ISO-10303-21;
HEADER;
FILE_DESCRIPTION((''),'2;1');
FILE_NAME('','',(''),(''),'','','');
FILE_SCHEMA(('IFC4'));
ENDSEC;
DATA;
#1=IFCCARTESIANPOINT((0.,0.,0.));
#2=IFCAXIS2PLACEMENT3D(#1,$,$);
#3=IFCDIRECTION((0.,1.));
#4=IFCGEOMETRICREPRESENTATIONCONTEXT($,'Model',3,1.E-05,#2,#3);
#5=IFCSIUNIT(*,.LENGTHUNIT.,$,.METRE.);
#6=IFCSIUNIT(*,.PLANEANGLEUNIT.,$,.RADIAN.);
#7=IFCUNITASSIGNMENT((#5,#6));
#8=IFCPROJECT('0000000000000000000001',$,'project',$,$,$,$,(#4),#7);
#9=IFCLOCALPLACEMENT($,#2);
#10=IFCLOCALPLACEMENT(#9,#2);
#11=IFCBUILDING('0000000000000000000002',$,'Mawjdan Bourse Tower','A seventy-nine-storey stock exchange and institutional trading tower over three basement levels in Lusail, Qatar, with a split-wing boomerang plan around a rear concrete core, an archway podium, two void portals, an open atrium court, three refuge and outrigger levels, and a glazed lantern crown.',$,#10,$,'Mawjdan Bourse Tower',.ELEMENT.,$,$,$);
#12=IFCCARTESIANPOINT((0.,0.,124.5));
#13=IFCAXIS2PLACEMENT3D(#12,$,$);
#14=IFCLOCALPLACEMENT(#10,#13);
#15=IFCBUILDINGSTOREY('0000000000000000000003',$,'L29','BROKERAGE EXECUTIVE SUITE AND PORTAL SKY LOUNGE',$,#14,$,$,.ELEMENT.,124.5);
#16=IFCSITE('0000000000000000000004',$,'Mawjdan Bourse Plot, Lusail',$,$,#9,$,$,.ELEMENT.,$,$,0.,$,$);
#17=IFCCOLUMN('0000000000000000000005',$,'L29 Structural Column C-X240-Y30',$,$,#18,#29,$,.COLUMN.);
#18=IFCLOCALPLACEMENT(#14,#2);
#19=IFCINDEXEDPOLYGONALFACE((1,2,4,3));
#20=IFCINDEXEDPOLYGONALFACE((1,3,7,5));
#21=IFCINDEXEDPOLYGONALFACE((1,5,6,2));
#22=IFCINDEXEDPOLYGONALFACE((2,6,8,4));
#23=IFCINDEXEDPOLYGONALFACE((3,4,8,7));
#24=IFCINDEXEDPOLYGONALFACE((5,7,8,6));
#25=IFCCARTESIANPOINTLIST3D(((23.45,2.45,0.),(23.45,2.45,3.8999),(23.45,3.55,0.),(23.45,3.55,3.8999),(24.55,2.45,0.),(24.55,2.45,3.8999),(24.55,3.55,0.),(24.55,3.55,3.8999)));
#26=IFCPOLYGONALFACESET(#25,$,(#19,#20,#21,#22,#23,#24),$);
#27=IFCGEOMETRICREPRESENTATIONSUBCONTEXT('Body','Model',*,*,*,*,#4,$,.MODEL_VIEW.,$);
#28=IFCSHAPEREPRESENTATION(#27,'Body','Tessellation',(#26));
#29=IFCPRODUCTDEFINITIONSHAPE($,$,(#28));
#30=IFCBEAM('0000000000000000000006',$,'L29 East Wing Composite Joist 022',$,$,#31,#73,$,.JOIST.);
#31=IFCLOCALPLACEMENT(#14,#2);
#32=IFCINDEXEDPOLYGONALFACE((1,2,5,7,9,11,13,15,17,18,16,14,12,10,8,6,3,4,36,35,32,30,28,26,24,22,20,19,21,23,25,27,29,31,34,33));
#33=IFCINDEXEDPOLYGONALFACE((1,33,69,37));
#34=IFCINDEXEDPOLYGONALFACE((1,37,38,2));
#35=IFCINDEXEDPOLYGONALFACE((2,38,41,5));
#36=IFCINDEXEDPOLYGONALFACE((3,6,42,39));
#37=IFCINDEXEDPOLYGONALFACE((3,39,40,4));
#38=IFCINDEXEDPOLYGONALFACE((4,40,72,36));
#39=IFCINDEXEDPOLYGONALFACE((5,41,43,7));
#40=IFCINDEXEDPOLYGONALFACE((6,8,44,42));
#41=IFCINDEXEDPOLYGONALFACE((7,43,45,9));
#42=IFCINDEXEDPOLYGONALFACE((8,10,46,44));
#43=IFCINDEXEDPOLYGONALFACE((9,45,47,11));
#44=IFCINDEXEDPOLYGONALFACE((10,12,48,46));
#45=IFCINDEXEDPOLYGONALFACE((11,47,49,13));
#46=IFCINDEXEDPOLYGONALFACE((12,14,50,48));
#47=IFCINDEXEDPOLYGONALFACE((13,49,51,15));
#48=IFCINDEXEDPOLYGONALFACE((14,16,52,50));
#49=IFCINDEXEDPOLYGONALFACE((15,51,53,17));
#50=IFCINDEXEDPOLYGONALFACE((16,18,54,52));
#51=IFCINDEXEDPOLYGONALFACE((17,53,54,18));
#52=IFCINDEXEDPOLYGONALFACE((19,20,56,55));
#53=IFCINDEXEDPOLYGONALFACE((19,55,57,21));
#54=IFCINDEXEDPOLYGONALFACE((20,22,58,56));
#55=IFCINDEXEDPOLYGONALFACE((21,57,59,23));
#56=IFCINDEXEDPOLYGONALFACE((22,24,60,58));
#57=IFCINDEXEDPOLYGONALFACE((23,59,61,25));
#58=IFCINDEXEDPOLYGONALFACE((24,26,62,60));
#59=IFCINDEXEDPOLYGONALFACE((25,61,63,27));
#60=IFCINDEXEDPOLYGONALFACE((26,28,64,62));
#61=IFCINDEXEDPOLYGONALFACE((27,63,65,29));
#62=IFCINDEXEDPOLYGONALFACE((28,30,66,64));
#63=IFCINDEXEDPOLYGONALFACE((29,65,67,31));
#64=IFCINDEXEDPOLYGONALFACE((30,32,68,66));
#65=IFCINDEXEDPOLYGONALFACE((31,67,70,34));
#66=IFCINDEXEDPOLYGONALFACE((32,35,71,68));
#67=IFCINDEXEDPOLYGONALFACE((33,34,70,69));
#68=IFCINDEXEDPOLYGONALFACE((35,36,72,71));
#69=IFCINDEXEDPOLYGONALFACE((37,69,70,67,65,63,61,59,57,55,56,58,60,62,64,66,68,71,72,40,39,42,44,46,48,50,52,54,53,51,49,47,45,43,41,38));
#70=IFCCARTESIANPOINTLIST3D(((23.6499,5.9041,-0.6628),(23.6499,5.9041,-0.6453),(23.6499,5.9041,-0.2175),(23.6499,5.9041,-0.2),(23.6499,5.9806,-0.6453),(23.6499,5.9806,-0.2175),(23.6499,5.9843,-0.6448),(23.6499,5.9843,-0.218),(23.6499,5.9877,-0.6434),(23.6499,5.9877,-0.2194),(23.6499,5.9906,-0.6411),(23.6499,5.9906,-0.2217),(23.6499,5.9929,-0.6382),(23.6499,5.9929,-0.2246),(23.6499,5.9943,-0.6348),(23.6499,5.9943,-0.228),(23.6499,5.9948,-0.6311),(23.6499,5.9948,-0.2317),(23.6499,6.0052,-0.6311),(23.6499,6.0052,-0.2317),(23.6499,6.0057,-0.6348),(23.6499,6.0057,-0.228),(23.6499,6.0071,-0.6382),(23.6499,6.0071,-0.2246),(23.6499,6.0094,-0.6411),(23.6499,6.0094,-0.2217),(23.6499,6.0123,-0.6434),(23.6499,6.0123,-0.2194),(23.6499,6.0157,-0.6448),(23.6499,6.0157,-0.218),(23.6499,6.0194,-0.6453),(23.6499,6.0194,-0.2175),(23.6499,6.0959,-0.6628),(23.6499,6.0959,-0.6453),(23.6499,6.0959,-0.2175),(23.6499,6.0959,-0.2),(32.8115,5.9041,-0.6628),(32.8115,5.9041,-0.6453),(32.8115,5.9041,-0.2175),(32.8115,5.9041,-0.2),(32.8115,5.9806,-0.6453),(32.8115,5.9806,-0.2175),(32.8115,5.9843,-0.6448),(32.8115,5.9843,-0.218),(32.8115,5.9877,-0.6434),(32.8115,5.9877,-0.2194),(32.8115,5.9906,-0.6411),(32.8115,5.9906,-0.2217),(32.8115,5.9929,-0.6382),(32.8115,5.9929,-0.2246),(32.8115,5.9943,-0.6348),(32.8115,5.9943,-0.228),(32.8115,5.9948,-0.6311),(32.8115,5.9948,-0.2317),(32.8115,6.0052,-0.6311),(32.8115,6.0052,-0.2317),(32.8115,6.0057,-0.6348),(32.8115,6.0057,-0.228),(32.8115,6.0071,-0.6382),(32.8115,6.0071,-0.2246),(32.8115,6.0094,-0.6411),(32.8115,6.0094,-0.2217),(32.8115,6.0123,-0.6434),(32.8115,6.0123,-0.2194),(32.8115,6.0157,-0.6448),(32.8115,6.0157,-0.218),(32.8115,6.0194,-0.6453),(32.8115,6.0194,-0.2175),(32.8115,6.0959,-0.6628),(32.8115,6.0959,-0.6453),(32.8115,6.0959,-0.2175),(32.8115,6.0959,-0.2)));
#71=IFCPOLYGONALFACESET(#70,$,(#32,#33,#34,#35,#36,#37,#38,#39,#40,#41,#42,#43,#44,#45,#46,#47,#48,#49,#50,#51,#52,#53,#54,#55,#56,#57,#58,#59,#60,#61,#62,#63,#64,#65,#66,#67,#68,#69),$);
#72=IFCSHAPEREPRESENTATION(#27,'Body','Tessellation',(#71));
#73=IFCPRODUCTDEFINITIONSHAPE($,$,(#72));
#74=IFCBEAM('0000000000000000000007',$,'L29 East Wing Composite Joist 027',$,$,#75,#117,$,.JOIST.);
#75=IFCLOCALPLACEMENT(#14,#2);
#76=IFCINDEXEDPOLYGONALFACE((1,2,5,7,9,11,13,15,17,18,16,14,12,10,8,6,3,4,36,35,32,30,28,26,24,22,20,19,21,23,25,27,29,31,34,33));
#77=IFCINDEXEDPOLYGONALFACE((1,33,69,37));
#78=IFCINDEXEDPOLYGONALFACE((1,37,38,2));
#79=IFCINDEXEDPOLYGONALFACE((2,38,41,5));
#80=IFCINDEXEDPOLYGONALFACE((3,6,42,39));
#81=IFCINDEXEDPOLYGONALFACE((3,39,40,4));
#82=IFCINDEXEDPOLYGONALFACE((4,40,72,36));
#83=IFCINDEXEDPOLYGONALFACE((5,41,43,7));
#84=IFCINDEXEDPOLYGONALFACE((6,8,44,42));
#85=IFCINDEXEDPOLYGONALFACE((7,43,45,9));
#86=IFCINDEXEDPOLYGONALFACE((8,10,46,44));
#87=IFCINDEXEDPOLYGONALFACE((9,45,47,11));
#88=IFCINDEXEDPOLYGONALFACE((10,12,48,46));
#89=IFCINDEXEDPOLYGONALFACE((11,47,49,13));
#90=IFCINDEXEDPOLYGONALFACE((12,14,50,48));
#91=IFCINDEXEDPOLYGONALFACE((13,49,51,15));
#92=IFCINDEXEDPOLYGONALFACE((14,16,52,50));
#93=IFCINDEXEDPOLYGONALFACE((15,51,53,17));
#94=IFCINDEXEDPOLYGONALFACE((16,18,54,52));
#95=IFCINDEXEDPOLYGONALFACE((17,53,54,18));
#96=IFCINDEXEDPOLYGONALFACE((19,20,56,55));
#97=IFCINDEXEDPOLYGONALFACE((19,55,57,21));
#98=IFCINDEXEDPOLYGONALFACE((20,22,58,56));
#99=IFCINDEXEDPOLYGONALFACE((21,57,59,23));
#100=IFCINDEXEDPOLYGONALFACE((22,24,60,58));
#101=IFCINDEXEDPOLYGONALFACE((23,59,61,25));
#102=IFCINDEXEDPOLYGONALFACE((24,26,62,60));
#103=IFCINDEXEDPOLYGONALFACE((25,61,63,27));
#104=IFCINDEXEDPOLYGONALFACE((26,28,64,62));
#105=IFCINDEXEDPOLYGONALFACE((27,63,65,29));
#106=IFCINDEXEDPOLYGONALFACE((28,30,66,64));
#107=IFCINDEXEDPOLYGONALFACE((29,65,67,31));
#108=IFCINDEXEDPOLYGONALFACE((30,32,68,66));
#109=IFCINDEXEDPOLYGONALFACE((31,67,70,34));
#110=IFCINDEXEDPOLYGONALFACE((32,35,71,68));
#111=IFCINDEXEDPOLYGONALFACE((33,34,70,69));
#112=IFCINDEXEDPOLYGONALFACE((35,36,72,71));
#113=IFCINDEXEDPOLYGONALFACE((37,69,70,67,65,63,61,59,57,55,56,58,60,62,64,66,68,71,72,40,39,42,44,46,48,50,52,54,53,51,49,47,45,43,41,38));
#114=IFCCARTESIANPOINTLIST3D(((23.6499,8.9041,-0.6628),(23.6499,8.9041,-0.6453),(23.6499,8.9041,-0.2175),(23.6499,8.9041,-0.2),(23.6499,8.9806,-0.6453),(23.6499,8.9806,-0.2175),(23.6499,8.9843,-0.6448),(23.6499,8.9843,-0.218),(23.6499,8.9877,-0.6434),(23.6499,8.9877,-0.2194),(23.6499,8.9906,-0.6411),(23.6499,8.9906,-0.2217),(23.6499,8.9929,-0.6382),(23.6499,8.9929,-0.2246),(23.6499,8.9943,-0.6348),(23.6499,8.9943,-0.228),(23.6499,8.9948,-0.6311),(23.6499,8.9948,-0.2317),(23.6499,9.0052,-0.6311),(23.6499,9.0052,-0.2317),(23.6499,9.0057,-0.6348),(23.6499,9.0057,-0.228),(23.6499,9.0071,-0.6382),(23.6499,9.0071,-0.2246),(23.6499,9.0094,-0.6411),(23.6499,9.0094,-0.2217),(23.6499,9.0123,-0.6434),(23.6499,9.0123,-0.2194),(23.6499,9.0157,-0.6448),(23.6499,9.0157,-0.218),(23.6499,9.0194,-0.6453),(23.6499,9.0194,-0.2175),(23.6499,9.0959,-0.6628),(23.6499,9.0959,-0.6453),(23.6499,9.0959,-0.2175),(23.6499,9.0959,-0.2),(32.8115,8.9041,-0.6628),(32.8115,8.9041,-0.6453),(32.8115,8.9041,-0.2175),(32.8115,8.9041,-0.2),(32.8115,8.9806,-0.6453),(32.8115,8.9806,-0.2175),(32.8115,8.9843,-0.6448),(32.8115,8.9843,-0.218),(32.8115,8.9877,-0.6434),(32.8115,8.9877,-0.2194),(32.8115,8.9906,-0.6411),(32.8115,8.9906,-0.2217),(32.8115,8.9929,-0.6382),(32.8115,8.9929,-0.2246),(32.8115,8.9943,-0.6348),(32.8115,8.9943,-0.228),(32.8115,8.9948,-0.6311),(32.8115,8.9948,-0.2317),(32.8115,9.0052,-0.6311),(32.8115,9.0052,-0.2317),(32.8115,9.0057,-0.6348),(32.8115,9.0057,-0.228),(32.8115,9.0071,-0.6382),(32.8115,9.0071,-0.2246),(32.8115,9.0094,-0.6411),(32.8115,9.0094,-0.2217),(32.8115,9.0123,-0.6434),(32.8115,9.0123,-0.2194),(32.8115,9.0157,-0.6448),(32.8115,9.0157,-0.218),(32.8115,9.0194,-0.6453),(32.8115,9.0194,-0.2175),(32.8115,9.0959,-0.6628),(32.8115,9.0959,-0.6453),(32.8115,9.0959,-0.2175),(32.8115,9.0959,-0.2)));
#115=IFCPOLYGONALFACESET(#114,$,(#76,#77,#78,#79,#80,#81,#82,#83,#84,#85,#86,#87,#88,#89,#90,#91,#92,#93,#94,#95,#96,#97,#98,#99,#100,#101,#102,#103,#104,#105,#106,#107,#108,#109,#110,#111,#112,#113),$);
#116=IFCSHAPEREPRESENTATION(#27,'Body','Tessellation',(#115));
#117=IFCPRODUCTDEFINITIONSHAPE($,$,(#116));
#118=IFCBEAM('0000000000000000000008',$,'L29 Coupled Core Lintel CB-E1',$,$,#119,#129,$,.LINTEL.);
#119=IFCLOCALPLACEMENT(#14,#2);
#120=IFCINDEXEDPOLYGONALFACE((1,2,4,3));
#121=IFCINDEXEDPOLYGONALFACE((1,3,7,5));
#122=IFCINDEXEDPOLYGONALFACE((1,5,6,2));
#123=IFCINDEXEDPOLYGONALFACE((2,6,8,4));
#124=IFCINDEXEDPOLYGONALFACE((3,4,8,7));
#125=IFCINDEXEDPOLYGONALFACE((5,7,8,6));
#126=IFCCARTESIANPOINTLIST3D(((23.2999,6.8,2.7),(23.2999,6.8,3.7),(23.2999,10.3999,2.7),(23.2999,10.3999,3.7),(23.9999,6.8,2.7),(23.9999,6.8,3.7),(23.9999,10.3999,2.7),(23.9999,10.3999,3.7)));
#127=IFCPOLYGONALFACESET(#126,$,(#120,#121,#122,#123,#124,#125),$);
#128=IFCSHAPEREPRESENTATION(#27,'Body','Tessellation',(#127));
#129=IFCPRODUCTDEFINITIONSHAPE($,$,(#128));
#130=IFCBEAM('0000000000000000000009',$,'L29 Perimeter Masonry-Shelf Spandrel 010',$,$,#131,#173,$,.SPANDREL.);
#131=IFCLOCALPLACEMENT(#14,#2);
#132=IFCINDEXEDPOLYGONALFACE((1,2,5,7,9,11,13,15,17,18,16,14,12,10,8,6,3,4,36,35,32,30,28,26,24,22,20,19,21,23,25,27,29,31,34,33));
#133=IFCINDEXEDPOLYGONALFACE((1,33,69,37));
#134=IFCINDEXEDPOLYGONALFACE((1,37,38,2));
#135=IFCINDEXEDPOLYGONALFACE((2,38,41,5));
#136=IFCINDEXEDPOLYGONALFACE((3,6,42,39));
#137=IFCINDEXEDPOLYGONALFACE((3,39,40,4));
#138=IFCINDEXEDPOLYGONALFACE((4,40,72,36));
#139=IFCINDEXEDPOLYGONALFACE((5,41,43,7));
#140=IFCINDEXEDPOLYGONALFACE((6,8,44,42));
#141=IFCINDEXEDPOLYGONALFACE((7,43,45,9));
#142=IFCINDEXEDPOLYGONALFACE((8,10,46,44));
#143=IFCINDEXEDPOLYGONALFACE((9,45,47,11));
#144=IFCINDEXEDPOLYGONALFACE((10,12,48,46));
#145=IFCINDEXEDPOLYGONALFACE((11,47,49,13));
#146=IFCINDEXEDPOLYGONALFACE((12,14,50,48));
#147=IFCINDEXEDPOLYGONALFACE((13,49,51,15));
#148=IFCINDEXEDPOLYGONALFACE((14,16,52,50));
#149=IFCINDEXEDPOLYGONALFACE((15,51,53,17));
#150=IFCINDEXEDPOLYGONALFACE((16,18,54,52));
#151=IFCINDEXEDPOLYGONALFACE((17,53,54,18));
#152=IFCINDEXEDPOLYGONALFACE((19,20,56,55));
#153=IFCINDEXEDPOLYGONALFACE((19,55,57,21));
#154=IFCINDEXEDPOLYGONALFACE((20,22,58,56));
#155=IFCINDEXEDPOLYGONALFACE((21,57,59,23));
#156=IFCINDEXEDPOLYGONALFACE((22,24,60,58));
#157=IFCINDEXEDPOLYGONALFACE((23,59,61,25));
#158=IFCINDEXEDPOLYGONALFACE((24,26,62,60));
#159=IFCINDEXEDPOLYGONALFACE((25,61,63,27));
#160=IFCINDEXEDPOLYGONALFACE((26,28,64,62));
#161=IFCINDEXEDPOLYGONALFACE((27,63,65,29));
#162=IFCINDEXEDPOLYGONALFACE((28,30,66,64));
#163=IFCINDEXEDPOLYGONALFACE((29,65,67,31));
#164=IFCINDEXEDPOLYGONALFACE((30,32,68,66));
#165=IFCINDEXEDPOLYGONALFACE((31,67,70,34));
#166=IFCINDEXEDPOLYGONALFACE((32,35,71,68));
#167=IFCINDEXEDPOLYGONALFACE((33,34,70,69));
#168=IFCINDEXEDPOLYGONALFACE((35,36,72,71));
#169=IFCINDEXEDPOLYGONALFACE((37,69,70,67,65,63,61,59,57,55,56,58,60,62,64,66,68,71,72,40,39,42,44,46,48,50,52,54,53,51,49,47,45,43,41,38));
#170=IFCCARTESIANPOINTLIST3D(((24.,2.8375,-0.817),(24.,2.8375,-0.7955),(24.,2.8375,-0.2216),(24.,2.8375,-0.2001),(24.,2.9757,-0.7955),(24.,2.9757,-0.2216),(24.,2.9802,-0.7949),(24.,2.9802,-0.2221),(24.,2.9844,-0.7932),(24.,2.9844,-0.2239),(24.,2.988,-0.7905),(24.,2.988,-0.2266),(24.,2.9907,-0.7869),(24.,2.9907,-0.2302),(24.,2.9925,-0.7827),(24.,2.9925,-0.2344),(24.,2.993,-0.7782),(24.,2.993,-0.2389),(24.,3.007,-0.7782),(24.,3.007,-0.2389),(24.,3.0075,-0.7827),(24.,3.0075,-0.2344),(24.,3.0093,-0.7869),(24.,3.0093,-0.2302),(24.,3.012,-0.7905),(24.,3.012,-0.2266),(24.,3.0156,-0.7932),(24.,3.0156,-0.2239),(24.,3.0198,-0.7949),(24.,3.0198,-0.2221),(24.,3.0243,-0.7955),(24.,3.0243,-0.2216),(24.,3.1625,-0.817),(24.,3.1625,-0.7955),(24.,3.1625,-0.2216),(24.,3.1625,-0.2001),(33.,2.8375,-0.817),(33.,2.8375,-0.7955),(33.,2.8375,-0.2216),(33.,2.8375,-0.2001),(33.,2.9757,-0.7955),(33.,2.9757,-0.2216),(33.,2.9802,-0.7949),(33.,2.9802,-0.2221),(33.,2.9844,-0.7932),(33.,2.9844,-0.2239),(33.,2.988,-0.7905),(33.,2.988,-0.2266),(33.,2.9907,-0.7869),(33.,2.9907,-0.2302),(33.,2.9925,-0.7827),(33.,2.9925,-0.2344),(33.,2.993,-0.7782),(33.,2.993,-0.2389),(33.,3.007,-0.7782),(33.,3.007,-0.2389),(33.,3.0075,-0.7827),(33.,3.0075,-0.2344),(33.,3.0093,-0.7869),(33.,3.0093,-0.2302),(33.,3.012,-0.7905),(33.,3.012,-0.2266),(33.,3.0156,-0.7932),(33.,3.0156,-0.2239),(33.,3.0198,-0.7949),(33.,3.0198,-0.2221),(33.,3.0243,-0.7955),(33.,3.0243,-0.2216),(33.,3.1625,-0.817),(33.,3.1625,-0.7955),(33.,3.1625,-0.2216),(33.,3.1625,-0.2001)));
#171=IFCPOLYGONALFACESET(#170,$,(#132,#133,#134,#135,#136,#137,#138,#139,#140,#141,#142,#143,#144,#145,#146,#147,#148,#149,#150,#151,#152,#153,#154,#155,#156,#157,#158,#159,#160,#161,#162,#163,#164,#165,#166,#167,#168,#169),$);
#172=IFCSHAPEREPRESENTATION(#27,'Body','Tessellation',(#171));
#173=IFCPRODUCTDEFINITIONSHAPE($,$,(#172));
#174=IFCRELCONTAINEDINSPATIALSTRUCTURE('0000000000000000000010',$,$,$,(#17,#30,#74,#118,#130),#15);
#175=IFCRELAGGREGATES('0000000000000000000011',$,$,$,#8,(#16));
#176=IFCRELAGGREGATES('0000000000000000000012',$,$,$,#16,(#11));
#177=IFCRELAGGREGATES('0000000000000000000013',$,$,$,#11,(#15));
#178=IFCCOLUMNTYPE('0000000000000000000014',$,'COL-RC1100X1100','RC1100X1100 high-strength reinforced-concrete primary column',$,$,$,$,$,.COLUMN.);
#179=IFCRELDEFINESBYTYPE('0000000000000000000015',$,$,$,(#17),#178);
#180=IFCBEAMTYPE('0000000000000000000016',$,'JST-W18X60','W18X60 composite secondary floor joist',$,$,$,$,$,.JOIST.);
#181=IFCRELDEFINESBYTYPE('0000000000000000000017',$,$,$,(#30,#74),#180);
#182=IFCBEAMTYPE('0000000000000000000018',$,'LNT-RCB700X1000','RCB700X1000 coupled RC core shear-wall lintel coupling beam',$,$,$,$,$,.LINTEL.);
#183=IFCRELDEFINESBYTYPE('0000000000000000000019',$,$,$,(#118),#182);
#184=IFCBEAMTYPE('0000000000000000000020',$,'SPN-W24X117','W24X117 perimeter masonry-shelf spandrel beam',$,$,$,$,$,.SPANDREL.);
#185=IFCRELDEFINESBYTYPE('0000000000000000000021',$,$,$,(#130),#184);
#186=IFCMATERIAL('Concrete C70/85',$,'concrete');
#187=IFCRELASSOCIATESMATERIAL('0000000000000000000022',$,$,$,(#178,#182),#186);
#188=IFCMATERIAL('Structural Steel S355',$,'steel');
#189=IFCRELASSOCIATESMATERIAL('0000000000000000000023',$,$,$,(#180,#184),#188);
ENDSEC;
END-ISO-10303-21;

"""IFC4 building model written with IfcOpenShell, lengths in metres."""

from ifc_helpers import new_model, si_unit, direction, frame, origin, origin_2d, place, context, subcontext, project, spatial, rectangle, i_section, extrude, material, material_profile, profile_set, type_object, element, save


model = new_model("IFC4")

# Units and contexts
model_context = context("Model", 3, precision=1e-05, world=origin(), true_north=direction((0.0, 1.0)))
body_context = subcontext(model_context, "Body", "Model", "MODEL_VIEW")
ifc_project = project(units=[si_unit("LENGTHUNIT", "METRE"), si_unit("PLANEANGLEUNIT", "RADIAN")], contexts=[model_context])

# Site, building, storey
site_placement = place(None, origin())
site = spatial("IfcSite", under=ifc_project, at=site_placement, Name="Mawjdan Bourse Plot, Lusail", CompositionType="ELEMENT", RefElevation=0.0)
building_placement = place(site_placement, origin())
building = spatial("IfcBuilding", under=site, at=building_placement, Name="Mawjdan Bourse Tower", Description="A seventy-nine-storey stock exchange and institutional trading tower over three basement levels in Lusail, Qatar, with a split-wing boomerang plan around a rear concrete core, an archway podium, two void portals, an open atrium court, three refuge and outrigger levels, and a glazed lantern crown.", LongName="Mawjdan Bourse Tower", CompositionType="ELEMENT")
storey_placement = place(building_placement, frame((0.0, 0.0, 124.5)))
storey = spatial("IfcBuildingStorey", under=building, at=storey_placement, Name="L29", Description="BROKERAGE EXECUTIVE SUITE AND PORTAL SKY LOUNGE", CompositionType="ELEMENT", Elevation=124.5)

# Column
ifc_material_1 = material(Name="Concrete C70/85", Category="concrete")
ifc_material_profile_1 = material_profile(ifc_material_1, rectangle(XDim=1.1001, YDim=1.1001, at=origin_2d()), Name="RC1100X1100")
ifc_profile_set_1 = profile_set([ifc_material_profile_1], Name="Concrete C70/85")
column_type = type_object("IfcColumnType", Name="COL-RC1100X1100", Description="RC1100X1100 high-strength reinforced-concrete primary column", PredefinedType="COLUMN", material=ifc_profile_set_1)
column_placement = place(storey_placement, frame((24.0, 3.0, 0.0), z_axis=(0.0, 0.0, 1.0), x_axis=(1.0, 0.0, 0.0)))
element("IfcColumn", 1, at=column_placement, inside=storey, type_object=column_type, Name="L29 Structural Column C-X240-Y30", PredefinedType="COLUMN", context=body_context, shape_type="SweptSolid", body=[
    extrude(rectangle(XDim=1.1001, YDim=1.1001, at=origin_2d()), origin(), (0.0, 0.0, 1.0), 3.8999),
])

# Beams
ifc_material_2 = material(Name="Structural Steel S355", Category="steel")
ifc_material_profile_2 = material_profile(ifc_material_2, i_section(OverallWidth=0.1919, OverallDepth=0.4629, WebThickness=0.0105, FlangeThickness=0.0176, FilletRadius=0.0142, at=origin_2d()), Name="W18X60")
ifc_profile_set_2 = profile_set([ifc_material_profile_2], Name="Structural Steel S355")
beam_type_1 = type_object("IfcBeamType", Name="JST-W18X60", Description="W18X60 composite secondary floor joist", PredefinedType="JOIST", material=ifc_profile_set_2)
for number, where, z_axis, x_axis, name in (
    (2, (23.6499, 6.0, -0.4314), (1.0, 0.0, 0.0), (0.0, 1.0, 0.0), "L29 East Wing Composite Joist 022"),
    (3, (23.6499, 9.0, -0.4314), (1.0, 0.0, 0.0), (0.0, 1.0, 0.0), "L29 East Wing Composite Joist 027"),
):
    element("IfcBeam", number, at=place(storey_placement, frame(where, z_axis=z_axis, x_axis=x_axis)), inside=storey, type_object=beam_type_1, Name=name, PredefinedType="JOIST", context=body_context, shape_type="SweptSolid", body=[
        extrude(i_section(OverallWidth=0.1919, OverallDepth=0.4629, WebThickness=0.0105, FlangeThickness=0.0176, FilletRadius=0.0142, at=origin_2d()), origin(), (0.0, 0.0, 1.0), 9.1616),
    ])
ifc_material_profile_3 = material_profile(ifc_material_1, rectangle(XDim=0.7, YDim=1.0, at=origin_2d()), Name="RCB700X1000")
ifc_profile_set_3 = profile_set([ifc_material_profile_3], Name="Concrete C70/85")
beam_type_2 = type_object("IfcBeamType", Name="LNT-RCB700X1000", Description="RCB700X1000 coupled RC core shear-wall lintel coupling beam", PredefinedType="LINTEL", material=ifc_profile_set_3)
beam_1_placement = place(storey_placement, frame((23.6499, 6.8, 3.2), z_axis=(0.0, 1.0, 0.0), x_axis=(-1.0, 0.0, 0.0)))
element("IfcBeam", 4, at=beam_1_placement, inside=storey, type_object=beam_type_2, Name="L29 Coupled Core Lintel CB-E1", PredefinedType="LINTEL", context=body_context, shape_type="SweptSolid", body=[
    extrude(rectangle(XDim=0.7, YDim=1.0, at=origin_2d()), origin(), (0.0, 0.0, 1.0), 3.5999),
])
ifc_material_profile_4 = material_profile(ifc_material_2, i_section(OverallWidth=0.325, OverallDepth=0.6169, WebThickness=0.0139, FlangeThickness=0.0215, FilletRadius=0.0173, at=origin_2d()), Name="W24X117")
ifc_profile_set_4 = profile_set([ifc_material_profile_4], Name="Structural Steel S355")
beam_type_3 = type_object("IfcBeamType", Name="SPN-W24X117", Description="W24X117 perimeter masonry-shelf spandrel beam", PredefinedType="SPANDREL", material=ifc_profile_set_4)
beam_2_placement = place(storey_placement, frame((24.0, 3.0, -0.5085), z_axis=(1.0, 0.0, 0.0), x_axis=(0.0, 1.0, 0.0)))
element("IfcBeam", 5, at=beam_2_placement, inside=storey, type_object=beam_type_3, Name="L29 Perimeter Masonry-Shelf Spandrel 010", PredefinedType="SPANDREL", context=body_context, shape_type="SweptSolid", body=[
    extrude(i_section(OverallWidth=0.325, OverallDepth=0.6169, WebThickness=0.0139, FlangeThickness=0.0215, FilletRadius=0.0173, at=origin_2d()), origin(), (0.0, 0.0, 1.0), 9.0),
])

save(model, "model.ifc")
